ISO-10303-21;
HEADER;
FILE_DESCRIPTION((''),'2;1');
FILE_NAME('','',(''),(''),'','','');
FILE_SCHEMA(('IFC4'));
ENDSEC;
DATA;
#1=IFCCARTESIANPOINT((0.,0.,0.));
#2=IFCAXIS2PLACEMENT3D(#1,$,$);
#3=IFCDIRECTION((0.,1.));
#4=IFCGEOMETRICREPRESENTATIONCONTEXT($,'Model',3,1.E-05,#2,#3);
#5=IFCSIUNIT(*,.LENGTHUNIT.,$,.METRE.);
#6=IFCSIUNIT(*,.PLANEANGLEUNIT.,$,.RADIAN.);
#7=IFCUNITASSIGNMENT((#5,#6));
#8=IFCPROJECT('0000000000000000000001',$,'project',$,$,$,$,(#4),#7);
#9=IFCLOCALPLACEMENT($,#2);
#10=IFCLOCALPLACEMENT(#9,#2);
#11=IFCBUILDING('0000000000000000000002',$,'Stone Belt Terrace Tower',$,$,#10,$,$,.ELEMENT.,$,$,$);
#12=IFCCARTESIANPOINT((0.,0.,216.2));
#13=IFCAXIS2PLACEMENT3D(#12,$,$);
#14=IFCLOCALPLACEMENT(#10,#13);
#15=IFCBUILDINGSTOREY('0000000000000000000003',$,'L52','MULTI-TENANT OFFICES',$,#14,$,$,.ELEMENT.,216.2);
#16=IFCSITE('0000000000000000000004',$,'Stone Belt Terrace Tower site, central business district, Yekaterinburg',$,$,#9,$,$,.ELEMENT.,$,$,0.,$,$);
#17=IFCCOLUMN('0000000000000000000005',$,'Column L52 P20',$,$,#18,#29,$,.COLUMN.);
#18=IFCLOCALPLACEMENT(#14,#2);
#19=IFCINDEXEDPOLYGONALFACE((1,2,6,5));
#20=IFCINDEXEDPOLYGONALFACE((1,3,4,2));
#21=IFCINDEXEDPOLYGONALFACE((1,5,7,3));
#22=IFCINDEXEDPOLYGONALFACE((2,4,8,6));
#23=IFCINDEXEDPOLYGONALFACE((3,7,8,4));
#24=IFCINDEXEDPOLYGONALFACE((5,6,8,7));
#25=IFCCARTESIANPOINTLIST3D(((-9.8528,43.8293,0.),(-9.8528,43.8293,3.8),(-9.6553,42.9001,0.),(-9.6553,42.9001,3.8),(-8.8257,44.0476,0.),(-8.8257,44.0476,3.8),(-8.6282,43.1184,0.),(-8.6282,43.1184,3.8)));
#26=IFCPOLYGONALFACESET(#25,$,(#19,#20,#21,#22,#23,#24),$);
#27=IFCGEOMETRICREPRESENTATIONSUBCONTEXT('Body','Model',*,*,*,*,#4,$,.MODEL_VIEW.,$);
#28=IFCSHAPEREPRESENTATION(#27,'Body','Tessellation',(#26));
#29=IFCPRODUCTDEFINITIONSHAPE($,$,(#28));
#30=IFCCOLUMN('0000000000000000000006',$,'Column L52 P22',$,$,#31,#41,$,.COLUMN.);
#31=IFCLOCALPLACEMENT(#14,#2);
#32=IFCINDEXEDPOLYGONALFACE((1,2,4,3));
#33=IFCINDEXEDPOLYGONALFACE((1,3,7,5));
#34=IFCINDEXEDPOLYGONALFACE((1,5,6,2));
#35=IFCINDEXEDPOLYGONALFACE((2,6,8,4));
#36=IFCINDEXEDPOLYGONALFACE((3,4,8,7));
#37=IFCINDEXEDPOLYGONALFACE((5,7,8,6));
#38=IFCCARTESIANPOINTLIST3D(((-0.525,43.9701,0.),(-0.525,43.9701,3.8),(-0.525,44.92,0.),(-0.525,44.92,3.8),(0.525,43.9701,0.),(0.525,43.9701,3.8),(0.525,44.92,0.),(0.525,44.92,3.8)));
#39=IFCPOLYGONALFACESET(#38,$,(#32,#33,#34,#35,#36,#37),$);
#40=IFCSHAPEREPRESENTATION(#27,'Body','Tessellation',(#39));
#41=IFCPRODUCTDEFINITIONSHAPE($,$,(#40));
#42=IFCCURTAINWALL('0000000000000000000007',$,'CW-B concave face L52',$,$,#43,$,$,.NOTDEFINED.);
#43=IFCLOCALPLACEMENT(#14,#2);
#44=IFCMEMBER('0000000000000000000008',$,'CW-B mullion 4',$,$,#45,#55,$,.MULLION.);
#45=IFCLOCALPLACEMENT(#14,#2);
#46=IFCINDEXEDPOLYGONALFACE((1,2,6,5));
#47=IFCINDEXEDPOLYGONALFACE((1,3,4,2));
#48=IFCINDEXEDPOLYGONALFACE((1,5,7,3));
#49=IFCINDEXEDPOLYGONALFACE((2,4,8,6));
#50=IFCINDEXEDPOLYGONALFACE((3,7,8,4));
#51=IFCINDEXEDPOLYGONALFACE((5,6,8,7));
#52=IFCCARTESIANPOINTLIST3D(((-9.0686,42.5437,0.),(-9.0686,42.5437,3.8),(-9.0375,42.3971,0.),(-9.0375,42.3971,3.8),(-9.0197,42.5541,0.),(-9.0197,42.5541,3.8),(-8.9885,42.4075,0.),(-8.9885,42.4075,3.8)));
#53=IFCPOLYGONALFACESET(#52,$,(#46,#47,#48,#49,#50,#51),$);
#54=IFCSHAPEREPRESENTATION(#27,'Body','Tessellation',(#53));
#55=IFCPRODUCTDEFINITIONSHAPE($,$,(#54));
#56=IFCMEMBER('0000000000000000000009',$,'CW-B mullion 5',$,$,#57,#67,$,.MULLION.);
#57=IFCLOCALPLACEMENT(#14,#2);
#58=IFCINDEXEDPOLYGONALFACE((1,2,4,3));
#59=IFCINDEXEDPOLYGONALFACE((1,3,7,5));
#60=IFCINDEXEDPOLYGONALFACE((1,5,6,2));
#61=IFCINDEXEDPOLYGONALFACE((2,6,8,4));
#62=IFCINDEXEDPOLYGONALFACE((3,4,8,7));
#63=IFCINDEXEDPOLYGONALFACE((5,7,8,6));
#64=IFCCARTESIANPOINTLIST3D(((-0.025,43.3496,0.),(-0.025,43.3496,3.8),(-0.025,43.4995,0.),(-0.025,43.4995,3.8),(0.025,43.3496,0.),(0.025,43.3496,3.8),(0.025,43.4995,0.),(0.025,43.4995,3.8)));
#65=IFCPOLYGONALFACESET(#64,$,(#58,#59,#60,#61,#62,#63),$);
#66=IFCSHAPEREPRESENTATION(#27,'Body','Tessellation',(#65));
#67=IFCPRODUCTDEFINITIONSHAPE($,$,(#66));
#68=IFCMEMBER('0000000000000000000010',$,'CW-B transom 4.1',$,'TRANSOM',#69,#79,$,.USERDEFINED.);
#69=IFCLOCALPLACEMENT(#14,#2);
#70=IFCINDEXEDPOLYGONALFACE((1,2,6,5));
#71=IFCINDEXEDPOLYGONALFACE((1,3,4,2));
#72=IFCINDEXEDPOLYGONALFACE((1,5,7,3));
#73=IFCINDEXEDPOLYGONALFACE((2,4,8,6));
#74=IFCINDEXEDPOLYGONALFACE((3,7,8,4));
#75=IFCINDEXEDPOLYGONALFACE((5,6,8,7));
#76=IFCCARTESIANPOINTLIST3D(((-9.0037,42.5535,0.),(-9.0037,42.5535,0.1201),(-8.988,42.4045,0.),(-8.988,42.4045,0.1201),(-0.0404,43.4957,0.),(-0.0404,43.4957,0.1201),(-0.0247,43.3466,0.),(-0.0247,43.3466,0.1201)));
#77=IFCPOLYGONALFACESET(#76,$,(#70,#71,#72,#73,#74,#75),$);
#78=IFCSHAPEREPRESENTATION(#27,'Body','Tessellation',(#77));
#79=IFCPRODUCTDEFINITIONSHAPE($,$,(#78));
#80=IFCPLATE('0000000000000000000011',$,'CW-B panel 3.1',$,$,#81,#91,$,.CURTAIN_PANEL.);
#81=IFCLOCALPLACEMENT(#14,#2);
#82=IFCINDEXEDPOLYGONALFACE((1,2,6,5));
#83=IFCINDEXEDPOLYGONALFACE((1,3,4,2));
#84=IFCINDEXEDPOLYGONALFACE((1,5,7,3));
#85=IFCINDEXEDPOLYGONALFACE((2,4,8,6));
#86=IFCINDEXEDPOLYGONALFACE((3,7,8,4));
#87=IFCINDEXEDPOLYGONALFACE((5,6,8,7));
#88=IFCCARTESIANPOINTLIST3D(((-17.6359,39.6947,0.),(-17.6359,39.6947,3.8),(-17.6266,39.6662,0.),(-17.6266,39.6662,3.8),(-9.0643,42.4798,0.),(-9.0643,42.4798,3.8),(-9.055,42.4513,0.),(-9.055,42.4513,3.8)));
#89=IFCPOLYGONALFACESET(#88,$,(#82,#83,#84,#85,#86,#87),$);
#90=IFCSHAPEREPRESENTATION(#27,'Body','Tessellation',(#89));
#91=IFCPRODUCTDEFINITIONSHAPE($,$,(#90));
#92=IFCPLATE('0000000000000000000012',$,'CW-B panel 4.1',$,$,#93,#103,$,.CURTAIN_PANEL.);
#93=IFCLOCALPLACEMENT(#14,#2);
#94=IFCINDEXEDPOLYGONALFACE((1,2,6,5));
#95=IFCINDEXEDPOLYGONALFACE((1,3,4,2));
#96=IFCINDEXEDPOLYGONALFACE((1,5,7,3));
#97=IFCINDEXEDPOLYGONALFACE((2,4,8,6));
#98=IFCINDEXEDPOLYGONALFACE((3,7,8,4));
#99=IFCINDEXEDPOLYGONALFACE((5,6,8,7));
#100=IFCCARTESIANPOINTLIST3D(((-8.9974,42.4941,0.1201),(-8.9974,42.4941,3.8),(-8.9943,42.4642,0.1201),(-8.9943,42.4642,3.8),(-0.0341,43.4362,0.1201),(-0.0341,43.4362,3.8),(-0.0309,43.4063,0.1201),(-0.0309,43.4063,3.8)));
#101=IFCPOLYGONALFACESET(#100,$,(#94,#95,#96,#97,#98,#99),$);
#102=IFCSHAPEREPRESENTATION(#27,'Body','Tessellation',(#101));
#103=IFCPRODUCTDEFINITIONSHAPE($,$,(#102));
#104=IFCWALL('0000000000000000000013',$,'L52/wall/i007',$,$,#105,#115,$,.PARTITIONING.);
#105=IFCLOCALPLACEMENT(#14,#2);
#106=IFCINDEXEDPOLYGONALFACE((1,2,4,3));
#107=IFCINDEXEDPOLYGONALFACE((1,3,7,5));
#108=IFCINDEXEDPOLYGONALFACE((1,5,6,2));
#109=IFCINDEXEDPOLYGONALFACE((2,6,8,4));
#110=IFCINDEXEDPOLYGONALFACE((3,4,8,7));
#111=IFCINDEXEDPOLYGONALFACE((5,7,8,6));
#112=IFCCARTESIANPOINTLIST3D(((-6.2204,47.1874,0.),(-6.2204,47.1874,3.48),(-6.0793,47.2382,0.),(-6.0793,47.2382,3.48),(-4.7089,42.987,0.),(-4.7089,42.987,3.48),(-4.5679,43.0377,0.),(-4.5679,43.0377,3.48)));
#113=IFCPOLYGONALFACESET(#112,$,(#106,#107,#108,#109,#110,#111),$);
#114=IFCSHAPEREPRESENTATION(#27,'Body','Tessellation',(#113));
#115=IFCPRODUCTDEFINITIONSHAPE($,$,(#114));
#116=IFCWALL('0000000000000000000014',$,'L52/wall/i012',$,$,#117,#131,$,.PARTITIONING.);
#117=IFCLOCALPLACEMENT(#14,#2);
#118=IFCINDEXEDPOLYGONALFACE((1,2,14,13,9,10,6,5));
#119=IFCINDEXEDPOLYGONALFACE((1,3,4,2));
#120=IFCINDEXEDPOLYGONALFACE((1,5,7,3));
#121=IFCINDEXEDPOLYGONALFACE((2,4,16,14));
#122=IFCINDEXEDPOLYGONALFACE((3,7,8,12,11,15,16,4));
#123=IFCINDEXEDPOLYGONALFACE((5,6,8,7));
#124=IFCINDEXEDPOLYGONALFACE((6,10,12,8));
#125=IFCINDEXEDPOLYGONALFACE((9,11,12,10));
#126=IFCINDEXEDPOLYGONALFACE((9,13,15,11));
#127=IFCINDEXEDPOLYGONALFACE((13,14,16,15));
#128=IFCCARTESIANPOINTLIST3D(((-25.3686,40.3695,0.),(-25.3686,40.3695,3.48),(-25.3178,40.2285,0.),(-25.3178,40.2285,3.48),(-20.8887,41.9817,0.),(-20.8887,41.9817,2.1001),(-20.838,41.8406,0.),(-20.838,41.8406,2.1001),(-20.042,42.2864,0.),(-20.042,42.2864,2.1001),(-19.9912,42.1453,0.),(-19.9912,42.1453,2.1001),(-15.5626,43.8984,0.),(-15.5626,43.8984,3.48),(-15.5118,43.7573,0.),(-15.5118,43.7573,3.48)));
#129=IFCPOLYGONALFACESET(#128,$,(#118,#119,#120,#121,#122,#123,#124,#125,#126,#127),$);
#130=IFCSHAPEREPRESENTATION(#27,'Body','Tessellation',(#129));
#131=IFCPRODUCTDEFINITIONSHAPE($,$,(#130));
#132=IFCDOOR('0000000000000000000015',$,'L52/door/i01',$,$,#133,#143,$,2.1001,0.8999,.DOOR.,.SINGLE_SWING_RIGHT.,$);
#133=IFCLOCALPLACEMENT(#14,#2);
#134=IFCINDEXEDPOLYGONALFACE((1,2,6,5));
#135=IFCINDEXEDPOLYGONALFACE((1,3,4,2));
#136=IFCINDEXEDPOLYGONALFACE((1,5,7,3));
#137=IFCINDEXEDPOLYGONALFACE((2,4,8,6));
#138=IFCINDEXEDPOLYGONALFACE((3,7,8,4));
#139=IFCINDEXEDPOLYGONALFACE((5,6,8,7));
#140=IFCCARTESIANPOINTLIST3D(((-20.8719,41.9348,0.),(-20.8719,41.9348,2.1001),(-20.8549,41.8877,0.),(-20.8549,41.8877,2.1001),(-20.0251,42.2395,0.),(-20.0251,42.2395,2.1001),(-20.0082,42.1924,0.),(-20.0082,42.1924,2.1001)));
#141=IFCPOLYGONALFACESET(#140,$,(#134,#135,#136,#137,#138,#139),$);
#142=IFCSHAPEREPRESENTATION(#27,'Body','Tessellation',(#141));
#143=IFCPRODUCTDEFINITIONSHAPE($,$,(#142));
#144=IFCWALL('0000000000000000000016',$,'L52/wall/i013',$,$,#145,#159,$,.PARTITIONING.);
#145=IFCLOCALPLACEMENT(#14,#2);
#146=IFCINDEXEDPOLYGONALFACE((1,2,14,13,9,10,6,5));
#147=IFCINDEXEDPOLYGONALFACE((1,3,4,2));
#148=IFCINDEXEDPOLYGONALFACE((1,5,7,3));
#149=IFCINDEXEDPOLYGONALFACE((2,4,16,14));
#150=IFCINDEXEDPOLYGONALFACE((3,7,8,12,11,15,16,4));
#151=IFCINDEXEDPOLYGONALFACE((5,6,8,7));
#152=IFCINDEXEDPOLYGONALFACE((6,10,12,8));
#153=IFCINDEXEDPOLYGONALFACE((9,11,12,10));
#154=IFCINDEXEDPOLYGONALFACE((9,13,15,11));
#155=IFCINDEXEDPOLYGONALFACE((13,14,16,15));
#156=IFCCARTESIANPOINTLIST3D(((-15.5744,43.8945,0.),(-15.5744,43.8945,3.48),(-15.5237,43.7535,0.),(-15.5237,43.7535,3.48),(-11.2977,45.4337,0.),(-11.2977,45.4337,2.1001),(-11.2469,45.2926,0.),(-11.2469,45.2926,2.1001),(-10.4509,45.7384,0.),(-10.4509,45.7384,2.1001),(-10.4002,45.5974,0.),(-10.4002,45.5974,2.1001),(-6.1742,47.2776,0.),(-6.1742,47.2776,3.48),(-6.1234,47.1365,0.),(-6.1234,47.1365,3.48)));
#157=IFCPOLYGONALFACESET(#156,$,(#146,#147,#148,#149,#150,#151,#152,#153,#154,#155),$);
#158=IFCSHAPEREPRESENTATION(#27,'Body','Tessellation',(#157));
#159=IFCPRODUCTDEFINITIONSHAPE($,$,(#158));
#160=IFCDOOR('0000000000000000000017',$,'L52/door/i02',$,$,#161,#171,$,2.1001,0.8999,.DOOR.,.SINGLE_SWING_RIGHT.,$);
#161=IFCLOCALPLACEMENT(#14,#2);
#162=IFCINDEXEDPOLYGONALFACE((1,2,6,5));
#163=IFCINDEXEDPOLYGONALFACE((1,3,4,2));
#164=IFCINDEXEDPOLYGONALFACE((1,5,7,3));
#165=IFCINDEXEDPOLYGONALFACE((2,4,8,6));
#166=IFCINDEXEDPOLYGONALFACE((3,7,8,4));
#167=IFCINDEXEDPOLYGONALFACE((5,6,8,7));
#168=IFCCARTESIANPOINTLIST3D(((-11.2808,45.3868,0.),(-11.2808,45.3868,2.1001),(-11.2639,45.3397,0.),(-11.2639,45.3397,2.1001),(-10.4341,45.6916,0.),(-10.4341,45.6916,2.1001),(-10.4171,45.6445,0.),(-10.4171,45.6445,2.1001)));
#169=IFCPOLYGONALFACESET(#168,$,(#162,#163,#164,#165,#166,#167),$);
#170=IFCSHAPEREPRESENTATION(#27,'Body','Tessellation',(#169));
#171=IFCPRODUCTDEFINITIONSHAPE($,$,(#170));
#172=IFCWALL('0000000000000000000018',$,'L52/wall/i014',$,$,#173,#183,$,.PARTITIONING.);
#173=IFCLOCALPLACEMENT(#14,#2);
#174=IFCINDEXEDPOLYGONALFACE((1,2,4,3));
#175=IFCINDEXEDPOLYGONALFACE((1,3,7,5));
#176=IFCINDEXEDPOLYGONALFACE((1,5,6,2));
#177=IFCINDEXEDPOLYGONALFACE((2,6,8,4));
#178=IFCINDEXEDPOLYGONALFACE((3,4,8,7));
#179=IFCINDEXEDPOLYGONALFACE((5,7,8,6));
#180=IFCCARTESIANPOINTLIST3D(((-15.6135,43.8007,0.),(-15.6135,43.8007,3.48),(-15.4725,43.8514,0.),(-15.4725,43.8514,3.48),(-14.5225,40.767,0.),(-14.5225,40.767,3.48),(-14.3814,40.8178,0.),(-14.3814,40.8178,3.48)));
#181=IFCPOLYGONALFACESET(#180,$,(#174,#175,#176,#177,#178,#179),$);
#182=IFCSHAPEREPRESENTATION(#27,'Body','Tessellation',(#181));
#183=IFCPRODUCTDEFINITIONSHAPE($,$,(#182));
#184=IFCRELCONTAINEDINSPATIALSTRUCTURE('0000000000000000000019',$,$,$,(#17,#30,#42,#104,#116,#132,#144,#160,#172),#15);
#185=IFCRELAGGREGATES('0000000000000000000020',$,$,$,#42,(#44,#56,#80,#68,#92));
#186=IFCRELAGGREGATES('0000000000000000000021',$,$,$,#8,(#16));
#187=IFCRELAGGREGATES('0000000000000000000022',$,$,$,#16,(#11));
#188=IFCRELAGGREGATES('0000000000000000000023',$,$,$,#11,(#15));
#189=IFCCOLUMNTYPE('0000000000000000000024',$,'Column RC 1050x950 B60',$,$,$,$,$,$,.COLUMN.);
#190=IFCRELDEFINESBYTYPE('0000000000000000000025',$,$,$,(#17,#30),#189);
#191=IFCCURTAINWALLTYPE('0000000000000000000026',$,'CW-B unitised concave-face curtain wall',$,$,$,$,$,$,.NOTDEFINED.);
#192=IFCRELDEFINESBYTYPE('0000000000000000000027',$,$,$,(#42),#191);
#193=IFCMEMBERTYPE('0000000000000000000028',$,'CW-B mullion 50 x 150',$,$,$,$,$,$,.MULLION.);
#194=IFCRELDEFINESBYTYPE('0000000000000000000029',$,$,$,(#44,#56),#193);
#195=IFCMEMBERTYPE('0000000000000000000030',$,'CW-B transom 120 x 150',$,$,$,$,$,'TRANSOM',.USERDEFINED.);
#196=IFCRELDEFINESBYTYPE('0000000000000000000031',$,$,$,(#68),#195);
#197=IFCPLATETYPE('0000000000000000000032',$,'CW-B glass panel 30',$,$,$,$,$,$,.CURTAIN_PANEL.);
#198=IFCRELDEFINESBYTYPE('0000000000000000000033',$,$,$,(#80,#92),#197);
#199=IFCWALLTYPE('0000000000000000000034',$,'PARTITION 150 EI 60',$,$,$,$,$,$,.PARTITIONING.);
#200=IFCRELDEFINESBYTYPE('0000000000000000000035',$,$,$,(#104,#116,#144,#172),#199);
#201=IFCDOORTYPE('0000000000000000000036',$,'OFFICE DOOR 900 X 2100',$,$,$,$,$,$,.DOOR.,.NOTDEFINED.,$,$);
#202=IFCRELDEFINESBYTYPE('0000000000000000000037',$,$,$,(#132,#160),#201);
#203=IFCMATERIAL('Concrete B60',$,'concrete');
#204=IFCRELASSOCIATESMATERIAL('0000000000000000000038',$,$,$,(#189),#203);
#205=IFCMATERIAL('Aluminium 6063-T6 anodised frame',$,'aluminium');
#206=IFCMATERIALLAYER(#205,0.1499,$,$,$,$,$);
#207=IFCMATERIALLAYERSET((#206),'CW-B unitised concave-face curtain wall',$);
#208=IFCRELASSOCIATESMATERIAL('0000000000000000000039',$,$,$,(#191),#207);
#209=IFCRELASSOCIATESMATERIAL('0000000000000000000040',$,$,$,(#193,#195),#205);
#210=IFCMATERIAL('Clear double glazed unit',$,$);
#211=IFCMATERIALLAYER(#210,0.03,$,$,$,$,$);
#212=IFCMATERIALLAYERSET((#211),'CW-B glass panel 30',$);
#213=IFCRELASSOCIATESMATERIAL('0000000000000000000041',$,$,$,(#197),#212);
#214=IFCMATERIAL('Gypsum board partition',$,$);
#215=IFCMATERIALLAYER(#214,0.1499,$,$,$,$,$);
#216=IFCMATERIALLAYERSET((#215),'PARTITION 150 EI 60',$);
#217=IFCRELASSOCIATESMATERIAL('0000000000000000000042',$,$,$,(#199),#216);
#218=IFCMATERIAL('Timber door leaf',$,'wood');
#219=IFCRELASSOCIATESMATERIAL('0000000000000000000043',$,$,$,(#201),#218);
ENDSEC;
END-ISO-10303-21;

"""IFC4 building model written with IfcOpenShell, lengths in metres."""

from ifc_helpers import new_model, si_unit, direction, frame, frame_2d, origin, origin_2d, place, context, subcontext, project, spatial, rectangle, extrude, material, layer, layer_set, material_profile, profile_set, type_object, element, fill, aggregate, save


model = new_model("IFC4")

# Units and contexts
model_context = context("Model", 3, precision=1e-05, world=origin(), true_north=direction((0.0, 1.0)))
body_context = subcontext(model_context, "Body", "Model", "MODEL_VIEW")
ifc_project = project(units=[si_unit("LENGTHUNIT", "METRE"), si_unit("PLANEANGLEUNIT", "RADIAN")], contexts=[model_context])

# Site, building, storey
site_placement = place(None, origin())
site = spatial("IfcSite", under=ifc_project, at=site_placement, Name="Stone Belt Terrace Tower site, central business district, Yekaterinburg", CompositionType="ELEMENT", RefElevation=0.0)
building_placement = place(site_placement, origin())
building = spatial("IfcBuilding", under=site, at=building_placement, Name="Stone Belt Terrace Tower", CompositionType="ELEMENT")
storey_placement = place(building_placement, frame((0.0, 0.0, 216.2)))
storey = spatial("IfcBuildingStorey", under=building, at=storey_placement, Name="L52", Description="MULTI-TENANT OFFICES", CompositionType="ELEMENT", Elevation=216.2)

# Columns
ifc_material_1 = material(Name="Concrete B60", Category="concrete")
ifc_material_profile_1 = material_profile(ifc_material_1, rectangle(XDim=1.05, YDim=0.95, at=origin_2d()), Name="RC 1050x950")
ifc_profile_set_1 = profile_set([ifc_material_profile_1], Name="Concrete B60")
column_type = type_object("IfcColumnType", Name="Column RC 1050x950 B60", PredefinedType="COLUMN", material=ifc_profile_set_1)
for number, where, z_axis, x_axis, name in (
    (1, (-9.2405, 43.4739, 0.0), (0.0, 0.0, 1.0), (0.978148, 0.207912, 0.0), "Column L52 P20"),
    (2, (0.0, 44.4451, 0.0), (0.0, 0.0, 1.0), (1.0, 0.0, 0.0), "Column L52 P22"),
):
    element("IfcColumn", number, at=place(storey_placement, frame(where, z_axis=z_axis, x_axis=x_axis)), inside=storey, type_object=column_type, Name=name, PredefinedType="COLUMN", context=body_context, shape_type="SweptSolid", body=[
        extrude(rectangle(XDim=1.05, YDim=0.95, at=origin_2d()), origin(), (0.0, 0.0, 1.0), 3.8),
    ])

# Curtain wall, members, plates
ifc_material_2 = material(Name="Aluminium 6063-T6 anodised frame", Category="aluminium")
ifc_layer_1 = layer(ifc_material_2, 0.1499)
ifc_layer_set_1 = layer_set([ifc_layer_1], Name="CW-B unitised concave-face curtain wall")
curtain_wall_type = type_object("IfcCurtainWallType", Name="CW-B unitised concave-face curtain wall", PredefinedType="NOTDEFINED", material=ifc_layer_set_1)
curtain_wall_placement = place(storey_placement, origin())
curtain_wall = element("IfcCurtainWall", 3, at=curtain_wall_placement, inside=storey, type_object=curtain_wall_type, Name="CW-B concave face L52", PredefinedType="NOTDEFINED")
ifc_material_profile_2 = material_profile(ifc_material_2, rectangle(XDim=0.1499, YDim=0.05, at=origin_2d()), Name="Aluminium 6063-T6 50x150")
ifc_profile_set_2 = profile_set([ifc_material_profile_2], Name="Aluminium 6063-T6 anodised frame")
member_type_1 = type_object("IfcMemberType", Name="CW-B mullion 50 x 150", PredefinedType="MULLION", material=ifc_profile_set_2)
member_1_placement = place(storey_placement, frame((-9.0286, 42.4756, 0.0), z_axis=(0.0, 0.0, 1.0), x_axis=(-0.207912, 0.978148, 0.0)))
member_1 = element("IfcMember", 4, at=member_1_placement, type_object=member_type_1, Name="CW-B mullion 4", PredefinedType="MULLION", context=body_context, shape_type="SweptSolid", body=[
    extrude(rectangle(XDim=0.1499, YDim=0.05, at=origin_2d()), origin(), (0.0, 0.0, 1.0), 3.8),
])
member_2_placement = place(storey_placement, frame((0.0, 43.4246, 0.0), z_axis=(0.0, 0.0, 1.0), x_axis=(0.0, 1.0, 0.0)))
member_2 = element("IfcMember", 5, at=member_2_placement, type_object=member_type_1, Name="CW-B mullion 5", PredefinedType="MULLION", context=body_context, shape_type="SweptSolid", body=[
    extrude(rectangle(XDim=0.1499, YDim=0.05, at=origin_2d()), origin(), (0.0, 0.0, 1.0), 3.8),
])
ifc_material_profile_3 = material_profile(ifc_material_2, rectangle(XDim=0.1499, YDim=0.1201, at=origin_2d()), Name="Aluminium 6063-T6 150x120")
ifc_profile_set_3 = profile_set([ifc_material_profile_3], Name="Aluminium 6063-T6 anodised frame")
member_type_2 = type_object("IfcMemberType", Name="CW-B transom 120 x 150", ElementType="TRANSOM", PredefinedType="USERDEFINED", material=ifc_profile_set_3)
member_3_placement = place(storey_placement, frame((-8.9958, 42.479, 0.0601), z_axis=(0.994521, 0.104534, 0.0), x_axis=(-0.104534, 0.994521, 0.0)))
member_3 = element("IfcMember", 6, at=member_3_placement, type_object=member_type_2, Name="CW-B transom 4.1", ObjectType="TRANSOM", PredefinedType="USERDEFINED", context=body_context, shape_type="SweptSolid", body=[
    extrude(rectangle(XDim=0.1499, YDim=0.1201, at=origin_2d()), origin(), (0.0, 0.0, 1.0), 9.0127),
])
ifc_material_3 = material(Name="Clear double glazed unit")
ifc_layer_2 = layer(ifc_material_3, 0.03)
ifc_layer_set_2 = layer_set([ifc_layer_2], Name="CW-B glass panel 30")
plate_type = type_object("IfcPlateType", Name="CW-B glass panel 30", PredefinedType="CURTAIN_PANEL", material=ifc_layer_set_2)
plate_1_placement = place(storey_placement, frame((-13.3455, 41.073, 0.0), z_axis=(0.0, 0.0, 1.0), x_axis=(0.951057, 0.309017, 0.0)))
plate_1 = element("IfcPlate", 7, at=plate_1_placement, type_object=plate_type, Name="CW-B panel 3.1", PredefinedType="CURTAIN_PANEL", context=body_context, shape_type="SweptSolid", body=[
    extrude(rectangle(XDim=9.0127, YDim=0.03, at=origin_2d()), origin(), (0.0, 0.0, 1.0), 3.8),
])
plate_2_placement = place(storey_placement, frame((-4.5142, 42.9502, 0.1201), z_axis=(0.0, 0.0, 1.0), x_axis=(0.994522, 0.104528, 0.0)))
plate_2 = element("IfcPlate", 8, at=plate_2_placement, type_object=plate_type, Name="CW-B panel 4.1", PredefinedType="CURTAIN_PANEL", context=body_context, shape_type="SweptSolid", body=[
    extrude(rectangle(XDim=9.0127, YDim=0.03, at=origin_2d()), origin(), (0.0, 0.0, 1.0), 3.6799),
])
aggregate(curtain_wall, [member_1, member_2, plate_1, member_3, plate_2])

# Wall
ifc_material_4 = material(Name="Gypsum board partition")
ifc_layer_3 = layer(ifc_material_4, 0.1499)
ifc_layer_set_3 = layer_set([ifc_layer_3], Name="PARTITION 150 EI 60")
wall_type_1 = type_object("IfcWallType", Name="PARTITION 150 EI 60", PredefinedType="PARTITIONING", material=ifc_layer_set_3)
wall_1_placement = place(storey_placement, frame((-4.6384, 43.0125, 0.0), z_axis=(0.0, 0.0, 1.0), x_axis=(-0.338584, 0.940936, 0.0)))
element("IfcWall", 9, at=wall_1_placement, inside=storey, type_object=wall_type_1, Name="L52/wall/i007", PredefinedType="PARTITIONING", context=body_context, shape_type="SweptSolid", body=[
    extrude(rectangle(XDim=4.4641, YDim=0.1499, at=frame_2d((2.2319, 0.0))), origin(), (0.0, 0.0, 1.0), 3.48),
])

# Walls, openings, doors
wall_2_placement = place(storey_placement, frame((-15.5371, 43.8279, 0.0), z_axis=(0.0, 0.0, 1.0), x_axis=(-0.940928, -0.338607, 0.0)))
wall_2 = element("IfcWall", 10, at=wall_2_placement, inside=storey, type_object=wall_type_1, Name="L52/wall/i012", PredefinedType="PARTITIONING", context=body_context, shape_type="SweptSolid", body=[
    extrude(rectangle(XDim=10.4216, YDim=0.1499, at=frame_2d((5.2109, 0.0))), origin(), (0.0, 0.0, 1.0), 3.48),
])
opening_1_placement = place(wall_2_placement, frame((4.7607, 0.0, 0.0)))
opening_1 = element("IfcOpeningElement", 11, at=opening_1_placement, cuts=wall_2, PredefinedType="OPENING", context=body_context, shape_type="SweptSolid", body=[
    extrude(rectangle(XDim=0.8999, YDim=2.1001, at=frame_2d((0.45, 1.05))), frame((0.0, 0.085, 0.0), z_axis=(0.0, -1.0, 0.0), x_axis=(1.0, 0.0, 0.0)), (0.0, 0.0, 1.0), 0.1699),
])
ifc_material_5 = material(Name="Timber door leaf", Category="wood")
door_type_1 = type_object("IfcDoorType", Name="OFFICE DOOR 900 X 2100", OperationType="NOTDEFINED", PredefinedType="DOOR", material=ifc_material_5)
door_1_placement = place(opening_1_placement, origin())
door_1 = element("IfcDoor", 12, at=door_1_placement, inside=storey, type_object=door_type_1, Name="L52/door/i01", OperationType="SINGLE_SWING_RIGHT", OverallHeight=2.1001, OverallWidth=0.8999, PredefinedType="DOOR", context=body_context, shape_type="SweptSolid", body=[
    extrude(rectangle(XDim=0.8999, YDim=2.1001, at=frame_2d((0.45, 1.05))), frame((0.0, 0.0249, 0.0), z_axis=(0.0, -1.0, 0.0), x_axis=(1.0, 0.0, 0.0)), (0.0, 0.0, 1.0), 0.05),
])
fill(opening_1, door_1)
wall_3_placement = place(storey_placement, frame((-6.1489, 47.207, 0.0), z_axis=(0.0, 0.0, 1.0), x_axis=(-0.940919, -0.338631, 0.0)))
wall_3 = element("IfcWall", 13, at=wall_3_placement, inside=storey, type_object=wall_type_1, Name="L52/wall/i013", PredefinedType="PARTITIONING", context=body_context, shape_type="SweptSolid", body=[
    extrude(rectangle(XDim=9.9905, YDim=0.1499, at=frame_2d((4.9951, 0.0))), origin(), (0.0, 0.0, 1.0), 3.48),
])
opening_2_placement = place(wall_3_placement, frame((4.5452, 0.0, 0.0)))
opening_2 = element("IfcOpeningElement", 14, at=opening_2_placement, cuts=wall_3, PredefinedType="OPENING", context=body_context, shape_type="SweptSolid", body=[
    extrude(rectangle(XDim=0.8999, YDim=2.1001, at=frame_2d((0.45, 1.05))), frame((0.0, 0.085, 0.0), z_axis=(0.0, -1.0, 0.0), x_axis=(1.0, 0.0, 0.0)), (0.0, 0.0, 1.0), 0.1699),
])
door_2_placement = place(opening_2_placement, origin())
door_2 = element("IfcDoor", 15, at=door_2_placement, inside=storey, type_object=door_type_1, Name="L52/door/i02", OperationType="SINGLE_SWING_RIGHT", OverallHeight=2.1001, OverallWidth=0.8999, PredefinedType="DOOR", context=body_context, shape_type="SweptSolid", body=[
    extrude(rectangle(XDim=0.8999, YDim=2.1001, at=frame_2d((0.45, 1.05))), frame((0.0, 0.0249, 0.0), z_axis=(0.0, -1.0, 0.0), x_axis=(1.0, 0.0, 0.0)), (0.0, 0.0, 1.0), 0.05),
])
fill(opening_2, door_2)

# Wall
wall_4_placement = place(storey_placement, frame((-15.543, 43.8259, 0.0), z_axis=(0.0, 0.0, 1.0), x_axis=(0.338427, -0.940993, 0.0)))
element("IfcWall", 16, at=wall_4_placement, inside=storey, type_object=wall_type_1, Name="L52/wall/i014", PredefinedType="PARTITIONING", context=body_context, shape_type="SweptSolid", body=[
    extrude(rectangle(XDim=3.2239, YDim=0.1499, at=frame_2d((1.6118, 0.0))), origin(), (0.0, 0.0, 1.0), 3.48),
])

save(model, "model.ifc")
